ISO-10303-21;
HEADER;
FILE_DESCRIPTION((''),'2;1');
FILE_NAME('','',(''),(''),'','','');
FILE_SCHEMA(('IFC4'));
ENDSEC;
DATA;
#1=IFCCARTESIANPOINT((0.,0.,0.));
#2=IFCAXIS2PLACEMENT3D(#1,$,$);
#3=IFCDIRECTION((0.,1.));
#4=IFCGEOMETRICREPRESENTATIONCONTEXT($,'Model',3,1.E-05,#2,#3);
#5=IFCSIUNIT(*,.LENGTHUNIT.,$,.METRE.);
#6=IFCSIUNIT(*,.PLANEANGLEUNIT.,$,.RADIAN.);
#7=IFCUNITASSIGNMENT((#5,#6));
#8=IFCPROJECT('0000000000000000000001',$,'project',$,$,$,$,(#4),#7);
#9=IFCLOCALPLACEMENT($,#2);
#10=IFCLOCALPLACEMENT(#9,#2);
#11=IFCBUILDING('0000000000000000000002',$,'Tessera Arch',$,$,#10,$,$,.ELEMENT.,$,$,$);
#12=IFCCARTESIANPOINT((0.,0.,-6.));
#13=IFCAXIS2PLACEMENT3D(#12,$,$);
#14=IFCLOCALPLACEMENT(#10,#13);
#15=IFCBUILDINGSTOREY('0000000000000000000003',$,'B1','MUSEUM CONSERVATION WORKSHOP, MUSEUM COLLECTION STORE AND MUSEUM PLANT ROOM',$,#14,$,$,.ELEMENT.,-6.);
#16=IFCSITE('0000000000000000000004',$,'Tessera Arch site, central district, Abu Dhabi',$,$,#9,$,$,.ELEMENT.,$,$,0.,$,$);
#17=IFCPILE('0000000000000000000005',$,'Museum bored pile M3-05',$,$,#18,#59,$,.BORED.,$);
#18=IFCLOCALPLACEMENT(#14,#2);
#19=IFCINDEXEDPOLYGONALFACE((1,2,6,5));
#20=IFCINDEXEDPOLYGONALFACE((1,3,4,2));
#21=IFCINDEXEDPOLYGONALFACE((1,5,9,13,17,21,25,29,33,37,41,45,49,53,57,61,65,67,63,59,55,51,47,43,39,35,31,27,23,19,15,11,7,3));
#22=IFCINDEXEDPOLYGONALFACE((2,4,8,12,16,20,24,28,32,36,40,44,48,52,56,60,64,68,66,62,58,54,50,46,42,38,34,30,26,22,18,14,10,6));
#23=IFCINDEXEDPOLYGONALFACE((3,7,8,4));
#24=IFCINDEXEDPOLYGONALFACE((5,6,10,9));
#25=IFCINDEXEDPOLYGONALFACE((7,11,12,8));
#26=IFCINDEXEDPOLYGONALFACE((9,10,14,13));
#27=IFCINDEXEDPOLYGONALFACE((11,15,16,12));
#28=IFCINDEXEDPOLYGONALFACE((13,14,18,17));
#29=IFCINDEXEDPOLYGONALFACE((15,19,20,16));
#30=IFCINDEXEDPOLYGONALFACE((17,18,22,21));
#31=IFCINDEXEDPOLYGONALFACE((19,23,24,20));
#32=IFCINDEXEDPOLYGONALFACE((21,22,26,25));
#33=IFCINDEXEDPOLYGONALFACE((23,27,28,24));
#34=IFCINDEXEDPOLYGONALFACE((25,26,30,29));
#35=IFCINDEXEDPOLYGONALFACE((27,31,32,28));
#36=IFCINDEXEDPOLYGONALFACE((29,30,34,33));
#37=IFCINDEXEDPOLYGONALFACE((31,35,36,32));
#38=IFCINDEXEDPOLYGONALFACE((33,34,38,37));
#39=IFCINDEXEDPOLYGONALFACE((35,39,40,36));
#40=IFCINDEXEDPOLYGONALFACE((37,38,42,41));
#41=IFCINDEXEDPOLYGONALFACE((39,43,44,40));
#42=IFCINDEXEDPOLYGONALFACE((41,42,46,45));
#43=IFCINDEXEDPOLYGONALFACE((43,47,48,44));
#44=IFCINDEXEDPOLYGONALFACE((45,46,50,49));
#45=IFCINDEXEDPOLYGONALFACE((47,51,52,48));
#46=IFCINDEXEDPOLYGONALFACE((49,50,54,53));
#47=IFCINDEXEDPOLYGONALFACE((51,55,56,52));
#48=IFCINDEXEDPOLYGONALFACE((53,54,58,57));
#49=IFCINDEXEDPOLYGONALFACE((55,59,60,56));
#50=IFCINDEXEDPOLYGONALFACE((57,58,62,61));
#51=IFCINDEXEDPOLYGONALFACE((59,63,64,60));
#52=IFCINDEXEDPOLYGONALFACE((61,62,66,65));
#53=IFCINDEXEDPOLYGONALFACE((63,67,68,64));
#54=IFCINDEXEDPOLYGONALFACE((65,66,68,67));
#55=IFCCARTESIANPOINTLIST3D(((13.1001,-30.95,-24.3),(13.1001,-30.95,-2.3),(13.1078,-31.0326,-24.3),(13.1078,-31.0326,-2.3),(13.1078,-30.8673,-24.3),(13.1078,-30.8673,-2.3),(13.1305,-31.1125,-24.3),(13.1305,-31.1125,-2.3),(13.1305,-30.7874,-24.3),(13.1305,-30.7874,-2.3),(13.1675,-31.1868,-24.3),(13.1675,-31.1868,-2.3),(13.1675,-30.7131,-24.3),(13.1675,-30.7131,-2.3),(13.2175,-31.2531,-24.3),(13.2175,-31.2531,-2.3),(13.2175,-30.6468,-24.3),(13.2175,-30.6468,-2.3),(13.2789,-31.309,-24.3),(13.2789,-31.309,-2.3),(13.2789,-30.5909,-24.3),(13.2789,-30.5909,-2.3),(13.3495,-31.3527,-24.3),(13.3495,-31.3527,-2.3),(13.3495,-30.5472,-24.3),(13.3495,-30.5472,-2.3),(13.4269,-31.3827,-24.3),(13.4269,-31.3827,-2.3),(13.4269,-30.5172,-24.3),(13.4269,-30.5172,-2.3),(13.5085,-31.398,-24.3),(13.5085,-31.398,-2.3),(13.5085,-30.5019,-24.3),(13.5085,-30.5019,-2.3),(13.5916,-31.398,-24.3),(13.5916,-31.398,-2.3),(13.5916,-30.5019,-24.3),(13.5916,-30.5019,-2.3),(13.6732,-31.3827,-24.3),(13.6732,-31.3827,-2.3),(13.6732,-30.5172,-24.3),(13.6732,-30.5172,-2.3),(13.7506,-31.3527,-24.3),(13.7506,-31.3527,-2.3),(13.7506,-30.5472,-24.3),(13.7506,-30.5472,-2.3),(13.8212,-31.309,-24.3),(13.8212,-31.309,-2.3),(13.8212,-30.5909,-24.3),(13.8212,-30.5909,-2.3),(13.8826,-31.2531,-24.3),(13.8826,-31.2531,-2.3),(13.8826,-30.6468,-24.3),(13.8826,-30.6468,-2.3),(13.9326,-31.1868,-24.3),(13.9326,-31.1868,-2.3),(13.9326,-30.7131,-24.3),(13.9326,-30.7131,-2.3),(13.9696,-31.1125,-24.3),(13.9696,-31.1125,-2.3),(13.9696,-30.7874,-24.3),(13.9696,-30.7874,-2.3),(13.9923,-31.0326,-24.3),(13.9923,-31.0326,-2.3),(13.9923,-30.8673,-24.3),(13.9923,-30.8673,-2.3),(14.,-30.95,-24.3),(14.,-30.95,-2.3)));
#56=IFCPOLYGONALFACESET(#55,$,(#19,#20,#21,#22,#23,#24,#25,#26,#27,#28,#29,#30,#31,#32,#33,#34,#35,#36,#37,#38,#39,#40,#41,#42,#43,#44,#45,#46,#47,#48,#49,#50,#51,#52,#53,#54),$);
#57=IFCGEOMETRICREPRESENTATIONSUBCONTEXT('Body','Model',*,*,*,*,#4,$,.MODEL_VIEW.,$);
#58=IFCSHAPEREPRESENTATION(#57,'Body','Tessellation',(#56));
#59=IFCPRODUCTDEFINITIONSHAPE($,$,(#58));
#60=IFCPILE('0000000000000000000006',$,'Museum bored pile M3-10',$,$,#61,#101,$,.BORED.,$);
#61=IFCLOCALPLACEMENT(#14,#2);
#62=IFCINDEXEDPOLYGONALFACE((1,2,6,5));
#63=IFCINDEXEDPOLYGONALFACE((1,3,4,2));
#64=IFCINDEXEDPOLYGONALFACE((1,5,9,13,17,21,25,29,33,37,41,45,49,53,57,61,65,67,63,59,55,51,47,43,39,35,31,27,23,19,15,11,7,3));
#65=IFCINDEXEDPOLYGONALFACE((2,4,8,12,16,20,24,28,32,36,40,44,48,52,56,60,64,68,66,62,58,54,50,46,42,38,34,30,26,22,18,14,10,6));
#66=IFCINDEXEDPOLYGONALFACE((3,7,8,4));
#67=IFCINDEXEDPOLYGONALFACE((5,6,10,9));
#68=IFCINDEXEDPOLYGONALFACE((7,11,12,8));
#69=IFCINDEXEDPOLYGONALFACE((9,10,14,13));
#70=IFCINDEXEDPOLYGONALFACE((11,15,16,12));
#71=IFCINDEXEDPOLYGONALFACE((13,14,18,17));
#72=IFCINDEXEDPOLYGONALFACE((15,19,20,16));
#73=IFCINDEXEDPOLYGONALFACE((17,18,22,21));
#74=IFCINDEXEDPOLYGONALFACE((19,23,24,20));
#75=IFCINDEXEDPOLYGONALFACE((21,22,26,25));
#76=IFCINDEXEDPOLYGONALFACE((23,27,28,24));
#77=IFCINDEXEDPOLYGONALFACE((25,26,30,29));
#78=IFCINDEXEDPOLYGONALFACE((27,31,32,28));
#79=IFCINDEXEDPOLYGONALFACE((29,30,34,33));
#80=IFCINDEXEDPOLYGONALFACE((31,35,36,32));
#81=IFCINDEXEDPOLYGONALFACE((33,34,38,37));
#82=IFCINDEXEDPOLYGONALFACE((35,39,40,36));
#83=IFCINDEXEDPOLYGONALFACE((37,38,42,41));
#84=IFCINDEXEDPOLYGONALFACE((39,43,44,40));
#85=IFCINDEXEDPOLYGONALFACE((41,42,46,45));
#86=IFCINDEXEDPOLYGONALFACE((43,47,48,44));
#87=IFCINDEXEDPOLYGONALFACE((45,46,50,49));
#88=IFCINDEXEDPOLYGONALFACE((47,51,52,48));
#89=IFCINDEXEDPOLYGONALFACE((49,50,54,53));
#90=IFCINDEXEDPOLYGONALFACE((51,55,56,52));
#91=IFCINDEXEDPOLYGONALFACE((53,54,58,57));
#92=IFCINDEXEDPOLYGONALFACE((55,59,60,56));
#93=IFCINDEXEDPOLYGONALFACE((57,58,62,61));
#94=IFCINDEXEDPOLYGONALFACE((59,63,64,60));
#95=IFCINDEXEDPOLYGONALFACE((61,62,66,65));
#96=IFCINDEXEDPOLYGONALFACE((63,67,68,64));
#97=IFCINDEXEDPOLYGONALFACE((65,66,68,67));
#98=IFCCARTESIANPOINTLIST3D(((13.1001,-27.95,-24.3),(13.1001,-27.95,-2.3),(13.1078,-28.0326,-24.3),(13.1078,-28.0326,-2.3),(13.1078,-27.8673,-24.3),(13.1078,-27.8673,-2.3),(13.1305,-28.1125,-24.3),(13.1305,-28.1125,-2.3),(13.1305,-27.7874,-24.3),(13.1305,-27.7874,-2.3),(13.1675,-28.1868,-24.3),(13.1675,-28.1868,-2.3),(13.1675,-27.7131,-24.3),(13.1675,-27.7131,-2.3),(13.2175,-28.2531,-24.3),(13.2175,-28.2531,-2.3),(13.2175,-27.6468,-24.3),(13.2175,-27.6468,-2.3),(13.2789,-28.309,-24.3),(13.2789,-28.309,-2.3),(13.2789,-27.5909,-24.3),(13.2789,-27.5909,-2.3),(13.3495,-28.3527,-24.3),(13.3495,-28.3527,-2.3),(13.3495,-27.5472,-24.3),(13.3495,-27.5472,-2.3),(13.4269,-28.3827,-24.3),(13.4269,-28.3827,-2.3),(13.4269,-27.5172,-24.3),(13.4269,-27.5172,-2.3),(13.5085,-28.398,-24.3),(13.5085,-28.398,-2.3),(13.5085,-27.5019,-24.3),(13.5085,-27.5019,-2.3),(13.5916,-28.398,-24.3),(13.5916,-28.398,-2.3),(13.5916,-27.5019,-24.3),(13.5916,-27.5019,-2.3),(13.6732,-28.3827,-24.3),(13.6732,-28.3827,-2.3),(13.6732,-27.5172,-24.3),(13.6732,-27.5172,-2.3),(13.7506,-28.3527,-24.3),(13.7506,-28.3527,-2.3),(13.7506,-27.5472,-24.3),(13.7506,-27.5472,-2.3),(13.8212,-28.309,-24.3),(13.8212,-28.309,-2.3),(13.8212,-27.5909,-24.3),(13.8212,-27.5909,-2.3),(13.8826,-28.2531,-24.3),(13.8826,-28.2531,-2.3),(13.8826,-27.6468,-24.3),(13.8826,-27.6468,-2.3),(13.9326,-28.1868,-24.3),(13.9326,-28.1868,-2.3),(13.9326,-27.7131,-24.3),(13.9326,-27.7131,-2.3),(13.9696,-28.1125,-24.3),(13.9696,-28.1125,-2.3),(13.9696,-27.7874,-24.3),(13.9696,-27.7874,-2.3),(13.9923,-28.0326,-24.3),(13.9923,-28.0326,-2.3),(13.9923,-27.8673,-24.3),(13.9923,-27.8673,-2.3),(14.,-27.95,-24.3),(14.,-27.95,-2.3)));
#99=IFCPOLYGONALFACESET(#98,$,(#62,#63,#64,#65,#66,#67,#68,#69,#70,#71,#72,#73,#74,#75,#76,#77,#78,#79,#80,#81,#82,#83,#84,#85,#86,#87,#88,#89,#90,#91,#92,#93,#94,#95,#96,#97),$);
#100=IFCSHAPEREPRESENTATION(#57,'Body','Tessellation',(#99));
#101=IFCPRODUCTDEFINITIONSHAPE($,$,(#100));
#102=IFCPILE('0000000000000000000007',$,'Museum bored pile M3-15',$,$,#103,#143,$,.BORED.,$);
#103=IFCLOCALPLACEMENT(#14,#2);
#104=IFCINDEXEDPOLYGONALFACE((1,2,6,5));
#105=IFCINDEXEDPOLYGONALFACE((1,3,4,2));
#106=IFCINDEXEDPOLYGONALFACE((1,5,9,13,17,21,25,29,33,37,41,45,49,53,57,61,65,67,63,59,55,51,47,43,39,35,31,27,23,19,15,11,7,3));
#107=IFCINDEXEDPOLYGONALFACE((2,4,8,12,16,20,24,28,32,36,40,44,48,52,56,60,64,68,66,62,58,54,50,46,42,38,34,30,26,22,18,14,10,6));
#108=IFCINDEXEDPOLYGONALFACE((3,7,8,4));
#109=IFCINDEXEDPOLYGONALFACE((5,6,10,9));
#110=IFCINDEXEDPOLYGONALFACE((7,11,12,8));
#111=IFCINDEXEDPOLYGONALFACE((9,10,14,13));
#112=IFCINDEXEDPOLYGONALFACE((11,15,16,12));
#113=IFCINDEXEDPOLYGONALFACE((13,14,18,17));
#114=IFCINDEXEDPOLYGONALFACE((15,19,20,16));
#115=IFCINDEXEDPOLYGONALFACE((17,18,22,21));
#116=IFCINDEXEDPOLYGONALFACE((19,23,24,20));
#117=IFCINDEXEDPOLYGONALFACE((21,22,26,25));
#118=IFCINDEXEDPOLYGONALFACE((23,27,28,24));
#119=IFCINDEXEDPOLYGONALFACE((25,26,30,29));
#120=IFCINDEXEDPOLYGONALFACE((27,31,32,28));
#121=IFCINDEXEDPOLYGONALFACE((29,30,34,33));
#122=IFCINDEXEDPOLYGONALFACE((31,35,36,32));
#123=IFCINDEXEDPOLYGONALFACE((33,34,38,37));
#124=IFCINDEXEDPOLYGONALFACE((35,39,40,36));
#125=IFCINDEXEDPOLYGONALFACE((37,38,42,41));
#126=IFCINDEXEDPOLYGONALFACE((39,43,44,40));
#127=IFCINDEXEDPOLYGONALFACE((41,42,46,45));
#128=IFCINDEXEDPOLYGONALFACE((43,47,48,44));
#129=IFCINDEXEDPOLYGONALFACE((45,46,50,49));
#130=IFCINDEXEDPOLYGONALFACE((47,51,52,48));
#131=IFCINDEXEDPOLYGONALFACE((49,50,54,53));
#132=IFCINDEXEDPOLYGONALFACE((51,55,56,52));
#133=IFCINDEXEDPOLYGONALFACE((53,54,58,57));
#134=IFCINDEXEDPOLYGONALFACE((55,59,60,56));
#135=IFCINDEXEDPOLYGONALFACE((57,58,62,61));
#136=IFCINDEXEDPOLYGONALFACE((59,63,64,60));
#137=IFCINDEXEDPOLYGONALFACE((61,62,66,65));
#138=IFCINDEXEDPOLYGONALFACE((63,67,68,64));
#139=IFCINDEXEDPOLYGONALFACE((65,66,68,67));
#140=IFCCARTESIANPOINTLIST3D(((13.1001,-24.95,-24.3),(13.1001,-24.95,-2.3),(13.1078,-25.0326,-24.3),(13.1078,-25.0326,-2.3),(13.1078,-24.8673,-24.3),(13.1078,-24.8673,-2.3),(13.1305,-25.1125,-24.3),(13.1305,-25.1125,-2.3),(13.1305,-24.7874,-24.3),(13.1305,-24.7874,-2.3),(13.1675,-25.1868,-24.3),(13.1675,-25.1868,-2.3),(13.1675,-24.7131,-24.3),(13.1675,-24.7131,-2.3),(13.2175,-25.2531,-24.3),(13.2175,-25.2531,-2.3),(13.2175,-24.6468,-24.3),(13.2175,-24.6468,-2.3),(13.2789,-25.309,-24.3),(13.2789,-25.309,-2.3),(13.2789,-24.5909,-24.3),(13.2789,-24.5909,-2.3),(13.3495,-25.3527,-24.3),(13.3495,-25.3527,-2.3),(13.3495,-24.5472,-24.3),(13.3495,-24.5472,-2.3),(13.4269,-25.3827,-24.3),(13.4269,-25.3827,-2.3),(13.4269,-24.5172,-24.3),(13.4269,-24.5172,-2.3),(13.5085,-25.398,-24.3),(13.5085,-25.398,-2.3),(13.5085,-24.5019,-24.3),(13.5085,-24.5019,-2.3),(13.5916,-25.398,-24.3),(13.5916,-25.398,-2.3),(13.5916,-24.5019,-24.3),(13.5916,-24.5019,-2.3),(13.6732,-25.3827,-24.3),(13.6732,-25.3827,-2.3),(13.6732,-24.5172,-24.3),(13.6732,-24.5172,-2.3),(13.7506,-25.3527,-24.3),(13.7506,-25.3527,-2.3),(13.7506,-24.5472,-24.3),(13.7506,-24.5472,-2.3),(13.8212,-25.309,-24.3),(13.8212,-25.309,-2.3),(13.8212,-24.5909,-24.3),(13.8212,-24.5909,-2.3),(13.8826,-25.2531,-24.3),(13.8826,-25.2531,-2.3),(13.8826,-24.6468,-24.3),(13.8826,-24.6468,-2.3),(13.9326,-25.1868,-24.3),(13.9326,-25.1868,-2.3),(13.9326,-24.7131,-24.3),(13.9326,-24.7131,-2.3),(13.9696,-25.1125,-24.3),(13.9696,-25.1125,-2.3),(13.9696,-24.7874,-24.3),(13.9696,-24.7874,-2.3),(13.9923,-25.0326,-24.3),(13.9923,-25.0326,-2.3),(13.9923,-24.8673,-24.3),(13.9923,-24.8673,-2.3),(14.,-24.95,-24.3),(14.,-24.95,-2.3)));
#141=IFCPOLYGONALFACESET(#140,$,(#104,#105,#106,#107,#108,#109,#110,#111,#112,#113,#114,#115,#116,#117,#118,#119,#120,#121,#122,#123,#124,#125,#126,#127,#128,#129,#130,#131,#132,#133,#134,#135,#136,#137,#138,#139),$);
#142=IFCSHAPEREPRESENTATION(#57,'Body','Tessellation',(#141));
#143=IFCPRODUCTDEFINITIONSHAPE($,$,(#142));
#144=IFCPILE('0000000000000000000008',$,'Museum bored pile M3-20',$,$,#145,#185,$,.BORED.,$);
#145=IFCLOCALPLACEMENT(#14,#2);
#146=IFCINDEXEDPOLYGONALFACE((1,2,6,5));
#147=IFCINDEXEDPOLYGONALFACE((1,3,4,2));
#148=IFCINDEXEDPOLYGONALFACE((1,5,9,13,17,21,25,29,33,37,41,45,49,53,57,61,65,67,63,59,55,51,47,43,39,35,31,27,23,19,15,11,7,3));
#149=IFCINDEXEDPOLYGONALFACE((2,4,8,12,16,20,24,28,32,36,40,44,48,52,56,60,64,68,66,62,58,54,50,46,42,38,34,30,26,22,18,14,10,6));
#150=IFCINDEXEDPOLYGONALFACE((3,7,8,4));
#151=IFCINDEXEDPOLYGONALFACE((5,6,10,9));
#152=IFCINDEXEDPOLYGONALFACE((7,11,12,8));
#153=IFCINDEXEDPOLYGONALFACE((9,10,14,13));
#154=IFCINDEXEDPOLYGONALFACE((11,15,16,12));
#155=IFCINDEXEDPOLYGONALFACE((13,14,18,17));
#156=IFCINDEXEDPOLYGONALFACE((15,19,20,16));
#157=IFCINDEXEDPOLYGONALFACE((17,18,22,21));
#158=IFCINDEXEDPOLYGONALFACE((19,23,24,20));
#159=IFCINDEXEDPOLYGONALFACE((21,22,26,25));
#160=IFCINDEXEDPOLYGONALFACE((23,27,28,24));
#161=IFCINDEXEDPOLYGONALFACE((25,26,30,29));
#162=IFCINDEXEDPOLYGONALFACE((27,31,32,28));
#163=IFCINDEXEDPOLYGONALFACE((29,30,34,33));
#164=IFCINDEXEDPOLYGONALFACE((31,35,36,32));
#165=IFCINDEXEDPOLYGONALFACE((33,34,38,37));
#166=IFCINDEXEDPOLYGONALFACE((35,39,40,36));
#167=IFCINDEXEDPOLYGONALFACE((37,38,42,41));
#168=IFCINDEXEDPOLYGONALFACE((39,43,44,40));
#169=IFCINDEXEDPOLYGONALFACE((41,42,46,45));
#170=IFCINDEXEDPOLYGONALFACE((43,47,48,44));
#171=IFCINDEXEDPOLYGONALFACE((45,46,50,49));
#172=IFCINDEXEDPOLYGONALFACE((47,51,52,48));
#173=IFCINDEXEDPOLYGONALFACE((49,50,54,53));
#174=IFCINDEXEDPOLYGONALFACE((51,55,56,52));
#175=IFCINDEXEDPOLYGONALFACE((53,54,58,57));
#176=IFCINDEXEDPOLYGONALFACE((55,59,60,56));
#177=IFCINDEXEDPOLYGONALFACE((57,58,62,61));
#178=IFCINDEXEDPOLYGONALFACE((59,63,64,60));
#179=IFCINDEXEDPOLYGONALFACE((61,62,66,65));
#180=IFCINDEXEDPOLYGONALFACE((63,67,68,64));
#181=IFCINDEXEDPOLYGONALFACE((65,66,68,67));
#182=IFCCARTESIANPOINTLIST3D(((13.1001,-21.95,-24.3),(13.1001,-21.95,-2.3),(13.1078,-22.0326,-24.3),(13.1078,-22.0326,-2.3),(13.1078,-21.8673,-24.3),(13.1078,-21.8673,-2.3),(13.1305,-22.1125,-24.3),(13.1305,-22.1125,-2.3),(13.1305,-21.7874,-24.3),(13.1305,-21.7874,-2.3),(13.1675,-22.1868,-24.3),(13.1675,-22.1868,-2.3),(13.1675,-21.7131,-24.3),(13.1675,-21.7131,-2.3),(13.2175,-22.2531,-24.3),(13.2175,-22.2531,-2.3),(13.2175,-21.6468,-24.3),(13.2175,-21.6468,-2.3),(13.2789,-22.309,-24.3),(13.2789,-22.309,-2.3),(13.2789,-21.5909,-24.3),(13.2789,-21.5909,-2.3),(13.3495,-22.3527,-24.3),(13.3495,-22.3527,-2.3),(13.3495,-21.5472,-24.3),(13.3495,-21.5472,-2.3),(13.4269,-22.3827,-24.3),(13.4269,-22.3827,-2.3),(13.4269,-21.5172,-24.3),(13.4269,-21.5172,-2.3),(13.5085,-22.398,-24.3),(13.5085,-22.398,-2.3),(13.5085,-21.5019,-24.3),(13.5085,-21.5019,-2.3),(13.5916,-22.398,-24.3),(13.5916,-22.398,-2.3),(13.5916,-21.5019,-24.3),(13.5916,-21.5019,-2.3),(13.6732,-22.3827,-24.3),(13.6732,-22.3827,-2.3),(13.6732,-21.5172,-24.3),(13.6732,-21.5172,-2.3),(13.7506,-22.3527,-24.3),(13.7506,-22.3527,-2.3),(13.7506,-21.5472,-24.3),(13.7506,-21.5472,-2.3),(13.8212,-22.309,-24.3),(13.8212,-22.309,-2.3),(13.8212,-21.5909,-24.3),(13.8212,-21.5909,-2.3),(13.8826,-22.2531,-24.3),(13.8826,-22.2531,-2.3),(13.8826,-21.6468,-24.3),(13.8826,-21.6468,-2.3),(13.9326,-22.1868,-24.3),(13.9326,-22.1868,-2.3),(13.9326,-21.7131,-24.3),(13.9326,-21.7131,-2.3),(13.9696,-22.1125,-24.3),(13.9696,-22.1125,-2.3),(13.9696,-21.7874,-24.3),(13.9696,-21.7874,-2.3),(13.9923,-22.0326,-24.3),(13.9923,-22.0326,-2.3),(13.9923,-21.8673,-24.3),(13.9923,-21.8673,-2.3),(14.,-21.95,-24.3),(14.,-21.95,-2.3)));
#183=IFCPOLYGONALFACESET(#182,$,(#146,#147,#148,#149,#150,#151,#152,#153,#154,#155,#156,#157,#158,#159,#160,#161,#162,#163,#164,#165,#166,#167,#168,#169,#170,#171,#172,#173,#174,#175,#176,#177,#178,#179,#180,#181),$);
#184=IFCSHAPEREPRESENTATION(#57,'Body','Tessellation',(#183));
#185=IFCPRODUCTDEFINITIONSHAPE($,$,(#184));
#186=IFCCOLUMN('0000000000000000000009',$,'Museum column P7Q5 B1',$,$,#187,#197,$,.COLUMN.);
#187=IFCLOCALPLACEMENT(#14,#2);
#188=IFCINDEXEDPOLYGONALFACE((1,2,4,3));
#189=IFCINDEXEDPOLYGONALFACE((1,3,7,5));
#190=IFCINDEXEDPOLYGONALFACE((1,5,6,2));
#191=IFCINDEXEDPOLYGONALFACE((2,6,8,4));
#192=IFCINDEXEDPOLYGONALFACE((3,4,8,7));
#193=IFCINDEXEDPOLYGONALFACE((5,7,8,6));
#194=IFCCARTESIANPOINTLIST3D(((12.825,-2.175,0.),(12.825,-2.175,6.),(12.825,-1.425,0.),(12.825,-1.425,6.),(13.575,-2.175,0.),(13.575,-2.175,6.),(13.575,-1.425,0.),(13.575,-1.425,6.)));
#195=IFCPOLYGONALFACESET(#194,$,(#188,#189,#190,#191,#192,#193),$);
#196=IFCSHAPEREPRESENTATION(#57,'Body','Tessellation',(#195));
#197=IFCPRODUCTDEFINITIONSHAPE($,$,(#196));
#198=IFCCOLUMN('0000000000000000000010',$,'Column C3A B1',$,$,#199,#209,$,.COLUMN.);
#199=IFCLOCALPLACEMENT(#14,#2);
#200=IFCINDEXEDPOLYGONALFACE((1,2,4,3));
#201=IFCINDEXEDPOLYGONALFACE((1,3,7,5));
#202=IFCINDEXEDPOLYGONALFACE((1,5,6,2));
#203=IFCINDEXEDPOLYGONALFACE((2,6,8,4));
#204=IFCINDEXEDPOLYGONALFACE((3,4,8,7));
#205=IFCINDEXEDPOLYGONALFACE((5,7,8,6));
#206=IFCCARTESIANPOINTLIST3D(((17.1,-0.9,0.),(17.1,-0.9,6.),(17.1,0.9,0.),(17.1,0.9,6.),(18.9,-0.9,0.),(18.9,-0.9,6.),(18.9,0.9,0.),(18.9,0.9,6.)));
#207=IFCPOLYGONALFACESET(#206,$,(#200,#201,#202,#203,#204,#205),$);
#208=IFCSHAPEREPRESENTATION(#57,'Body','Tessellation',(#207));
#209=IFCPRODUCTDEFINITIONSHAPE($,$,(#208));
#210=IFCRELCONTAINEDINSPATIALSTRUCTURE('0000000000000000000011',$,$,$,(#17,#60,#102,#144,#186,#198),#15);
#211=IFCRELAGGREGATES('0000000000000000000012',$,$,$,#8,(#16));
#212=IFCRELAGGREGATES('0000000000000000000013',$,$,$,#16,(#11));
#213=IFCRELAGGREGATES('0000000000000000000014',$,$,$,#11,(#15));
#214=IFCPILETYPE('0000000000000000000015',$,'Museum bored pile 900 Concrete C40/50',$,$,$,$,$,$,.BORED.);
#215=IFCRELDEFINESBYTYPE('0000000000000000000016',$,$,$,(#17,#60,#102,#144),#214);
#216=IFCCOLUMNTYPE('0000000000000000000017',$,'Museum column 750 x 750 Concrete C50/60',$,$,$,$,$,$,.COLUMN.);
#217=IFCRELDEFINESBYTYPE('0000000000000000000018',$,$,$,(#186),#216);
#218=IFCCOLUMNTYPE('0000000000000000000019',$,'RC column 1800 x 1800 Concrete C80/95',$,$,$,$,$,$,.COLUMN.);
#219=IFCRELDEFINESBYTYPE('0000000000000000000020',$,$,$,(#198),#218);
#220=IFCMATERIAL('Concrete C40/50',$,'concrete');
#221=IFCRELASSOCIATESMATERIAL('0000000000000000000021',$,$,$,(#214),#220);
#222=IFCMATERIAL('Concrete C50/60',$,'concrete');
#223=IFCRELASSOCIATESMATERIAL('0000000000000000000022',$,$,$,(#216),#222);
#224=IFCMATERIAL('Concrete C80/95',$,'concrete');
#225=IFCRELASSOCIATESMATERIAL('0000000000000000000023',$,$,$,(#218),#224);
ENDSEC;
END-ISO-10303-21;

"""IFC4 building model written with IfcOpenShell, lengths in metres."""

from ifc_helpers import new_model, si_unit, direction, frame, origin, origin_2d, place, context, subcontext, project, spatial, rectangle, circle, extrude, material, material_profile, profile_set, type_object, element, save


model = new_model("IFC4")

# Units and contexts
model_context = context("Model", 3, precision=1e-05, world=origin(), true_north=direction((0.0, 1.0)))
body_context = subcontext(model_context, "Body", "Model", "MODEL_VIEW")
ifc_project = project(units=[si_unit("LENGTHUNIT", "METRE"), si_unit("PLANEANGLEUNIT", "RADIAN")], contexts=[model_context])

# Site, building, storey
site_placement = place(None, origin())
site = spatial("IfcSite", under=ifc_project, at=site_placement, Name="Tessera Arch site, central district, Abu Dhabi", CompositionType="ELEMENT", RefElevation=0.0)
building_placement = place(site_placement, origin())
building = spatial("IfcBuilding", under=site, at=building_placement, Name="Tessera Arch", CompositionType="ELEMENT")
storey_placement = place(building_placement, frame((0.0, 0.0, -6.0)))
storey = spatial("IfcBuildingStorey", under=building, at=storey_placement, Name="B1", Description="MUSEUM CONSERVATION WORKSHOP, MUSEUM COLLECTION STORE AND MUSEUM PLANT ROOM", CompositionType="ELEMENT", Elevation=-6.0)

# Piles
ifc_material_1 = material(Name="Concrete C40/50", Category="concrete")
pile_type_1 = type_object("IfcPileType", Name="Museum bored pile 900 Concrete C40/50", PredefinedType="BORED", material=ifc_material_1)
for number, where, z_axis, x_axis, name in (
    (1, (13.55, -30.95, -2.3), (0.0, 0.0, -1.0), (1.0, 0.0, 0.0), "Museum bored pile M3-05"),
    (2, (13.55, -27.95, -2.3), (0.0, 0.0, -1.0), (1.0, 0.0, 0.0), "Museum bored pile M3-10"),
    (3, (13.55, -24.95, -2.3), (0.0, 0.0, -1.0), (1.0, 0.0, 0.0), "Museum bored pile M3-15"),
    (4, (13.55, -21.95, -2.3), (0.0, 0.0, -1.0), (1.0, 0.0, 0.0), "Museum bored pile M3-20"),
):
    element("IfcPile", number, at=place(storey_placement, frame(where, z_axis=z_axis, x_axis=x_axis)), inside=storey, type_object=pile_type_1, Name=name, PredefinedType="BORED", context=body_context, shape_type="SweptSolid", body=[
        extrude(circle(Radius=0.45, at=origin_2d()), origin(), (0.0, 0.0, 1.0), 22.0),
    ])

# Columns
ifc_material_2 = material(Name="Concrete C50/60", Category="concrete")
ifc_material_profile_1 = material_profile(ifc_material_2, rectangle(XDim=0.75, YDim=0.75, at=origin_2d()), Name="Museum column 750 x 750 Concrete C50/60")
ifc_profile_set_1 = profile_set([ifc_material_profile_1], Name="Concrete C50/60")
column_type_1 = type_object("IfcColumnType", Name="Museum column 750 x 750 Concrete C50/60", PredefinedType="COLUMN", material=ifc_profile_set_1)
column_placement = place(storey_placement, frame((13.2, -1.8, 0.0), z_axis=(0.0, 0.0, 1.0), x_axis=(1.0, 0.0, 0.0)))
element("IfcColumn", 5, at=column_placement, inside=storey, type_object=column_type_1, Name="Museum column P7Q5 B1", PredefinedType="COLUMN", context=body_context, shape_type="SweptSolid", body=[
    extrude(rectangle(XDim=0.75, YDim=0.75, at=origin_2d()), origin(), (0.0, 0.0, 1.0), 6.0),
])
ifc_material_3 = material(Name="Concrete C80/95", Category="concrete")
ifc_material_profile_2 = material_profile(ifc_material_3, rectangle(XDim=1.8, YDim=1.8, at=origin_2d()), Name="RC column 1800 x 1800 Concrete C80/95")
ifc_profile_set_2 = profile_set([ifc_material_profile_2], Name="Concrete C80/95")
column_type_2 = type_object("IfcColumnType", Name="RC column 1800 x 1800 Concrete C80/95", PredefinedType="COLUMN", material=ifc_profile_set_2)
for number, where, z_axis, x_axis, name in (
    (6, (18.0, 0.0, 0.0), (0.0, 0.0, 1.0), (1.0, 0.0, 0.0), "Column C3A B1"),
):
    element("IfcColumn", number, at=place(storey_placement, frame(where, z_axis=z_axis, x_axis=x_axis)), inside=storey, type_object=column_type_2, Name=name, PredefinedType="COLUMN", context=body_context, shape_type="SweptSolid", body=[
        extrude(rectangle(XDim=1.8, YDim=1.8, at=origin_2d()), origin(), (0.0, 0.0, 1.0), 6.0),
    ])

save(model, "model.ifc")
